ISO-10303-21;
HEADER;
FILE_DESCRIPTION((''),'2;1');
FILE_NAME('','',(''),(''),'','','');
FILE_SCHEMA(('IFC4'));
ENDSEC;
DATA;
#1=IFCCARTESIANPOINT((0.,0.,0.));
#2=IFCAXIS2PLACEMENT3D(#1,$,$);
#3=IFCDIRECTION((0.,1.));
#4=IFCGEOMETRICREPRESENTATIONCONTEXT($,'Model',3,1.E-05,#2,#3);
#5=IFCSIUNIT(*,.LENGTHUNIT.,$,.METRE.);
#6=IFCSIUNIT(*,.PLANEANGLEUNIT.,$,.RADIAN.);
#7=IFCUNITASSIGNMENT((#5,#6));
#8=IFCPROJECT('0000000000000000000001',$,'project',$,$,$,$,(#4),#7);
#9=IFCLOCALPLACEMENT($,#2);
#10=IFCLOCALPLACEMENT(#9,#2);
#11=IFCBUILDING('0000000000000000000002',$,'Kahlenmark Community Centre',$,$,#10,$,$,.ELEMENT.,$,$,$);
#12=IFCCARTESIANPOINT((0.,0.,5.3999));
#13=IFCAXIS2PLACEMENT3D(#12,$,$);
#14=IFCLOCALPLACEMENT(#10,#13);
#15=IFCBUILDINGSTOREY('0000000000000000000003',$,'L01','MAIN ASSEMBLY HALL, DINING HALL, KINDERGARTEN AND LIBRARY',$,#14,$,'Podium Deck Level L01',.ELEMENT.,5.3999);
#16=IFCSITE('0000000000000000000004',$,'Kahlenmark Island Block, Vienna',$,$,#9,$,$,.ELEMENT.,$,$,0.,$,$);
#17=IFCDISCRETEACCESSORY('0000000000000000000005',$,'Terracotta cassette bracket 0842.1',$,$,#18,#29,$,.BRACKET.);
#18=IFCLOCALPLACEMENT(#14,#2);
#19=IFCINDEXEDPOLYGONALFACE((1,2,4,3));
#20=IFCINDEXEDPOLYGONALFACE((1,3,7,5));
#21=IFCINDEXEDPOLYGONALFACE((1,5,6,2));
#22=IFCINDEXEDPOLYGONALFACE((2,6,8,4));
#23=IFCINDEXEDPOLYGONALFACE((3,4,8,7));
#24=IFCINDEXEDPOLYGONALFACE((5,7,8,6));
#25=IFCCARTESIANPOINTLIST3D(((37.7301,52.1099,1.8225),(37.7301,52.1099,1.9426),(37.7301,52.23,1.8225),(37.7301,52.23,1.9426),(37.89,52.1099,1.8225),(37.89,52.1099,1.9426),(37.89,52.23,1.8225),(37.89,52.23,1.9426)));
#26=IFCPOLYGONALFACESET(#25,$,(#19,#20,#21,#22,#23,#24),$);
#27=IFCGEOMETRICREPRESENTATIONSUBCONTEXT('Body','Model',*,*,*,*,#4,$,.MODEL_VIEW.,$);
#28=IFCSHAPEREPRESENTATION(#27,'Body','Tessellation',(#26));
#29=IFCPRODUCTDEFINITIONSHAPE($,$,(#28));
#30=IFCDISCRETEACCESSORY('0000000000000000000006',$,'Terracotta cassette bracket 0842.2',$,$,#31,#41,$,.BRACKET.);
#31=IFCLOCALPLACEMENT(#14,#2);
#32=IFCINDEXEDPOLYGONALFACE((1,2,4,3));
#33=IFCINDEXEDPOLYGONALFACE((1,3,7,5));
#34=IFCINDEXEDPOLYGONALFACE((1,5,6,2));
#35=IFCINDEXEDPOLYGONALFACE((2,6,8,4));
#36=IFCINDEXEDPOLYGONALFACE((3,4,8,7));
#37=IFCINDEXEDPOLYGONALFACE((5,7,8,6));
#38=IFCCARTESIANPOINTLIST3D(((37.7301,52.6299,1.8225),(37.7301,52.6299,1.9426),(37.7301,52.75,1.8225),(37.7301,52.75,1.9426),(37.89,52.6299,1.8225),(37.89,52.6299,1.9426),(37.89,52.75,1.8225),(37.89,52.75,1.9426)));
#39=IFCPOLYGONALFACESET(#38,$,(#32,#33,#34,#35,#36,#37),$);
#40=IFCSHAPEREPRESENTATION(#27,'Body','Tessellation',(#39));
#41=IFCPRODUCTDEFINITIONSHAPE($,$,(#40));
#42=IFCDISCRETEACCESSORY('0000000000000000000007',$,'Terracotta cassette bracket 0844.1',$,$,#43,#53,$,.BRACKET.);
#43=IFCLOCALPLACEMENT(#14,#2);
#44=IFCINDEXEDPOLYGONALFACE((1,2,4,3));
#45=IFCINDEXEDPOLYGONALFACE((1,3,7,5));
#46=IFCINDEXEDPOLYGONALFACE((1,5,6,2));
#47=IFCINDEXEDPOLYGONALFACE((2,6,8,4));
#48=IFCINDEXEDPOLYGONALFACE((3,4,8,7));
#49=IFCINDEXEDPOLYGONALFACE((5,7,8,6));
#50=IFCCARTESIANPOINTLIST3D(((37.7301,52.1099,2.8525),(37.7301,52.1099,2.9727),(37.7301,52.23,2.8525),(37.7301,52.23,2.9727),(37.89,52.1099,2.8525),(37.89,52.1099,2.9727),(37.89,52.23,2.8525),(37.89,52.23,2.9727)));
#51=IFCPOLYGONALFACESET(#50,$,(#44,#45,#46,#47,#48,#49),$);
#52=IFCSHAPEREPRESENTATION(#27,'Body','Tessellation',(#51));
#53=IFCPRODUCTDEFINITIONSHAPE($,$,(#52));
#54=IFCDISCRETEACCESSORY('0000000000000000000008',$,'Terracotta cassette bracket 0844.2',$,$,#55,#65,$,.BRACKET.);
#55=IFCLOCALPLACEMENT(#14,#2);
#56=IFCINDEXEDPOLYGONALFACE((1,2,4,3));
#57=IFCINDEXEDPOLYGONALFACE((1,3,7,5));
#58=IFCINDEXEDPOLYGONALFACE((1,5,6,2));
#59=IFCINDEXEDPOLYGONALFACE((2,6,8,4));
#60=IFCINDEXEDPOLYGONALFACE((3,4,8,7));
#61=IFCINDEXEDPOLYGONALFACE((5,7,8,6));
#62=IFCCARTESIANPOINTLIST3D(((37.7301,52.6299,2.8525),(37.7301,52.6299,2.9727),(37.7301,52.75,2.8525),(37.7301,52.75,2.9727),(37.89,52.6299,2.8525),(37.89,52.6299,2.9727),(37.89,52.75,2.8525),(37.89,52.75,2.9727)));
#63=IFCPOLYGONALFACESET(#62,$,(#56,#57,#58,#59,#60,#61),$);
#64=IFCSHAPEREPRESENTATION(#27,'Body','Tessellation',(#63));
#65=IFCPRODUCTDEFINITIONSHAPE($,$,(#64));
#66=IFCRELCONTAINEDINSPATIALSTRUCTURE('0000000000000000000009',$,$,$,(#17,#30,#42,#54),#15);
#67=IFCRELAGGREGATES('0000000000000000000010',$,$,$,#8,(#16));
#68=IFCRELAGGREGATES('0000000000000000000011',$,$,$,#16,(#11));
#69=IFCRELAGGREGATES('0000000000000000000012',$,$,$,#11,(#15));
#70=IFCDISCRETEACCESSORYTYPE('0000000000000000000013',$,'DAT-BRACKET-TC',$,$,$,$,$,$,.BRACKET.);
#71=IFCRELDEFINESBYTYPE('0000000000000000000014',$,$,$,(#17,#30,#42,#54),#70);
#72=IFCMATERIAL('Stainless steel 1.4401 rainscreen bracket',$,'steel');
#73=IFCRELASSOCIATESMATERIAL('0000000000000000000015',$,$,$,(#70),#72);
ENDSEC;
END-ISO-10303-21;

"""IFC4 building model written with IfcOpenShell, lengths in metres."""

from ifc_helpers import new_model, si_unit, direction, frame, origin, origin_2d, place, context, subcontext, project, spatial, rectangle, extrude, material, type_object, element, save


model = new_model("IFC4")

# Units and contexts
model_context = context("Model", 3, precision=1e-05, world=origin(), true_north=direction((0.0, 1.0)))
body_context = subcontext(model_context, "Body", "Model", "MODEL_VIEW")
ifc_project = project(units=[si_unit("LENGTHUNIT", "METRE"), si_unit("PLANEANGLEUNIT", "RADIAN")], contexts=[model_context])

# Site, building, storey
site_placement = place(None, origin())
site = spatial("IfcSite", under=ifc_project, at=site_placement, Name="Kahlenmark Island Block, Vienna", CompositionType="ELEMENT", RefElevation=0.0)
building_placement = place(site_placement, origin())
building = spatial("IfcBuilding", under=site, at=building_placement, Name="Kahlenmark Community Centre", CompositionType="ELEMENT")
storey_placement = place(building_placement, frame((0.0, 0.0, 5.3999)))
storey = spatial("IfcBuildingStorey", under=building, at=storey_placement, Name="L01", Description="MAIN ASSEMBLY HALL, DINING HALL, KINDERGARTEN AND LIBRARY", LongName="Podium Deck Level L01", CompositionType="ELEMENT", Elevation=5.3999)

# Discrete accessories
ifc_material_1 = material(Name="Stainless steel 1.4401 rainscreen bracket", Category="steel")
discrete_accessory_type = type_object("IfcDiscreteAccessoryType", Name="DAT-BRACKET-TC", PredefinedType="BRACKET", material=ifc_material_1)
for number, where, z_axis, x_axis, name in (
    (1, (37.8101, 52.1699, 1.8225), (0.0, 0.0, 1.0), (0.0, 1.0, 0.0), "Terracotta cassette bracket 0842.1"),
    (2, (37.8101, 52.6899, 1.8225), (0.0, 0.0, 1.0), (0.0, 1.0, 0.0), "Terracotta cassette bracket 0842.2"),
    (3, (37.8101, 52.1699, 2.8525), (0.0, 0.0, 1.0), (0.0, 1.0, 0.0), "Terracotta cassette bracket 0844.1"),
    (4, (37.8101, 52.6899, 2.8525), (0.0, 0.0, 1.0), (0.0, 1.0, 0.0), "Terracotta cassette bracket 0844.2"),
):
    element("IfcDiscreteAccessory", number, at=place(storey_placement, frame(where, z_axis=z_axis, x_axis=x_axis)), inside=storey, type_object=discrete_accessory_type, Name=name, PredefinedType="BRACKET", context=body_context, shape_type="SweptSolid", body=[
        extrude(rectangle(XDim=0.1201, YDim=0.1599, at=origin_2d()), origin(), (0.0, 0.0, 1.0), 0.1201),
    ])

save(model, "model.ifc")
